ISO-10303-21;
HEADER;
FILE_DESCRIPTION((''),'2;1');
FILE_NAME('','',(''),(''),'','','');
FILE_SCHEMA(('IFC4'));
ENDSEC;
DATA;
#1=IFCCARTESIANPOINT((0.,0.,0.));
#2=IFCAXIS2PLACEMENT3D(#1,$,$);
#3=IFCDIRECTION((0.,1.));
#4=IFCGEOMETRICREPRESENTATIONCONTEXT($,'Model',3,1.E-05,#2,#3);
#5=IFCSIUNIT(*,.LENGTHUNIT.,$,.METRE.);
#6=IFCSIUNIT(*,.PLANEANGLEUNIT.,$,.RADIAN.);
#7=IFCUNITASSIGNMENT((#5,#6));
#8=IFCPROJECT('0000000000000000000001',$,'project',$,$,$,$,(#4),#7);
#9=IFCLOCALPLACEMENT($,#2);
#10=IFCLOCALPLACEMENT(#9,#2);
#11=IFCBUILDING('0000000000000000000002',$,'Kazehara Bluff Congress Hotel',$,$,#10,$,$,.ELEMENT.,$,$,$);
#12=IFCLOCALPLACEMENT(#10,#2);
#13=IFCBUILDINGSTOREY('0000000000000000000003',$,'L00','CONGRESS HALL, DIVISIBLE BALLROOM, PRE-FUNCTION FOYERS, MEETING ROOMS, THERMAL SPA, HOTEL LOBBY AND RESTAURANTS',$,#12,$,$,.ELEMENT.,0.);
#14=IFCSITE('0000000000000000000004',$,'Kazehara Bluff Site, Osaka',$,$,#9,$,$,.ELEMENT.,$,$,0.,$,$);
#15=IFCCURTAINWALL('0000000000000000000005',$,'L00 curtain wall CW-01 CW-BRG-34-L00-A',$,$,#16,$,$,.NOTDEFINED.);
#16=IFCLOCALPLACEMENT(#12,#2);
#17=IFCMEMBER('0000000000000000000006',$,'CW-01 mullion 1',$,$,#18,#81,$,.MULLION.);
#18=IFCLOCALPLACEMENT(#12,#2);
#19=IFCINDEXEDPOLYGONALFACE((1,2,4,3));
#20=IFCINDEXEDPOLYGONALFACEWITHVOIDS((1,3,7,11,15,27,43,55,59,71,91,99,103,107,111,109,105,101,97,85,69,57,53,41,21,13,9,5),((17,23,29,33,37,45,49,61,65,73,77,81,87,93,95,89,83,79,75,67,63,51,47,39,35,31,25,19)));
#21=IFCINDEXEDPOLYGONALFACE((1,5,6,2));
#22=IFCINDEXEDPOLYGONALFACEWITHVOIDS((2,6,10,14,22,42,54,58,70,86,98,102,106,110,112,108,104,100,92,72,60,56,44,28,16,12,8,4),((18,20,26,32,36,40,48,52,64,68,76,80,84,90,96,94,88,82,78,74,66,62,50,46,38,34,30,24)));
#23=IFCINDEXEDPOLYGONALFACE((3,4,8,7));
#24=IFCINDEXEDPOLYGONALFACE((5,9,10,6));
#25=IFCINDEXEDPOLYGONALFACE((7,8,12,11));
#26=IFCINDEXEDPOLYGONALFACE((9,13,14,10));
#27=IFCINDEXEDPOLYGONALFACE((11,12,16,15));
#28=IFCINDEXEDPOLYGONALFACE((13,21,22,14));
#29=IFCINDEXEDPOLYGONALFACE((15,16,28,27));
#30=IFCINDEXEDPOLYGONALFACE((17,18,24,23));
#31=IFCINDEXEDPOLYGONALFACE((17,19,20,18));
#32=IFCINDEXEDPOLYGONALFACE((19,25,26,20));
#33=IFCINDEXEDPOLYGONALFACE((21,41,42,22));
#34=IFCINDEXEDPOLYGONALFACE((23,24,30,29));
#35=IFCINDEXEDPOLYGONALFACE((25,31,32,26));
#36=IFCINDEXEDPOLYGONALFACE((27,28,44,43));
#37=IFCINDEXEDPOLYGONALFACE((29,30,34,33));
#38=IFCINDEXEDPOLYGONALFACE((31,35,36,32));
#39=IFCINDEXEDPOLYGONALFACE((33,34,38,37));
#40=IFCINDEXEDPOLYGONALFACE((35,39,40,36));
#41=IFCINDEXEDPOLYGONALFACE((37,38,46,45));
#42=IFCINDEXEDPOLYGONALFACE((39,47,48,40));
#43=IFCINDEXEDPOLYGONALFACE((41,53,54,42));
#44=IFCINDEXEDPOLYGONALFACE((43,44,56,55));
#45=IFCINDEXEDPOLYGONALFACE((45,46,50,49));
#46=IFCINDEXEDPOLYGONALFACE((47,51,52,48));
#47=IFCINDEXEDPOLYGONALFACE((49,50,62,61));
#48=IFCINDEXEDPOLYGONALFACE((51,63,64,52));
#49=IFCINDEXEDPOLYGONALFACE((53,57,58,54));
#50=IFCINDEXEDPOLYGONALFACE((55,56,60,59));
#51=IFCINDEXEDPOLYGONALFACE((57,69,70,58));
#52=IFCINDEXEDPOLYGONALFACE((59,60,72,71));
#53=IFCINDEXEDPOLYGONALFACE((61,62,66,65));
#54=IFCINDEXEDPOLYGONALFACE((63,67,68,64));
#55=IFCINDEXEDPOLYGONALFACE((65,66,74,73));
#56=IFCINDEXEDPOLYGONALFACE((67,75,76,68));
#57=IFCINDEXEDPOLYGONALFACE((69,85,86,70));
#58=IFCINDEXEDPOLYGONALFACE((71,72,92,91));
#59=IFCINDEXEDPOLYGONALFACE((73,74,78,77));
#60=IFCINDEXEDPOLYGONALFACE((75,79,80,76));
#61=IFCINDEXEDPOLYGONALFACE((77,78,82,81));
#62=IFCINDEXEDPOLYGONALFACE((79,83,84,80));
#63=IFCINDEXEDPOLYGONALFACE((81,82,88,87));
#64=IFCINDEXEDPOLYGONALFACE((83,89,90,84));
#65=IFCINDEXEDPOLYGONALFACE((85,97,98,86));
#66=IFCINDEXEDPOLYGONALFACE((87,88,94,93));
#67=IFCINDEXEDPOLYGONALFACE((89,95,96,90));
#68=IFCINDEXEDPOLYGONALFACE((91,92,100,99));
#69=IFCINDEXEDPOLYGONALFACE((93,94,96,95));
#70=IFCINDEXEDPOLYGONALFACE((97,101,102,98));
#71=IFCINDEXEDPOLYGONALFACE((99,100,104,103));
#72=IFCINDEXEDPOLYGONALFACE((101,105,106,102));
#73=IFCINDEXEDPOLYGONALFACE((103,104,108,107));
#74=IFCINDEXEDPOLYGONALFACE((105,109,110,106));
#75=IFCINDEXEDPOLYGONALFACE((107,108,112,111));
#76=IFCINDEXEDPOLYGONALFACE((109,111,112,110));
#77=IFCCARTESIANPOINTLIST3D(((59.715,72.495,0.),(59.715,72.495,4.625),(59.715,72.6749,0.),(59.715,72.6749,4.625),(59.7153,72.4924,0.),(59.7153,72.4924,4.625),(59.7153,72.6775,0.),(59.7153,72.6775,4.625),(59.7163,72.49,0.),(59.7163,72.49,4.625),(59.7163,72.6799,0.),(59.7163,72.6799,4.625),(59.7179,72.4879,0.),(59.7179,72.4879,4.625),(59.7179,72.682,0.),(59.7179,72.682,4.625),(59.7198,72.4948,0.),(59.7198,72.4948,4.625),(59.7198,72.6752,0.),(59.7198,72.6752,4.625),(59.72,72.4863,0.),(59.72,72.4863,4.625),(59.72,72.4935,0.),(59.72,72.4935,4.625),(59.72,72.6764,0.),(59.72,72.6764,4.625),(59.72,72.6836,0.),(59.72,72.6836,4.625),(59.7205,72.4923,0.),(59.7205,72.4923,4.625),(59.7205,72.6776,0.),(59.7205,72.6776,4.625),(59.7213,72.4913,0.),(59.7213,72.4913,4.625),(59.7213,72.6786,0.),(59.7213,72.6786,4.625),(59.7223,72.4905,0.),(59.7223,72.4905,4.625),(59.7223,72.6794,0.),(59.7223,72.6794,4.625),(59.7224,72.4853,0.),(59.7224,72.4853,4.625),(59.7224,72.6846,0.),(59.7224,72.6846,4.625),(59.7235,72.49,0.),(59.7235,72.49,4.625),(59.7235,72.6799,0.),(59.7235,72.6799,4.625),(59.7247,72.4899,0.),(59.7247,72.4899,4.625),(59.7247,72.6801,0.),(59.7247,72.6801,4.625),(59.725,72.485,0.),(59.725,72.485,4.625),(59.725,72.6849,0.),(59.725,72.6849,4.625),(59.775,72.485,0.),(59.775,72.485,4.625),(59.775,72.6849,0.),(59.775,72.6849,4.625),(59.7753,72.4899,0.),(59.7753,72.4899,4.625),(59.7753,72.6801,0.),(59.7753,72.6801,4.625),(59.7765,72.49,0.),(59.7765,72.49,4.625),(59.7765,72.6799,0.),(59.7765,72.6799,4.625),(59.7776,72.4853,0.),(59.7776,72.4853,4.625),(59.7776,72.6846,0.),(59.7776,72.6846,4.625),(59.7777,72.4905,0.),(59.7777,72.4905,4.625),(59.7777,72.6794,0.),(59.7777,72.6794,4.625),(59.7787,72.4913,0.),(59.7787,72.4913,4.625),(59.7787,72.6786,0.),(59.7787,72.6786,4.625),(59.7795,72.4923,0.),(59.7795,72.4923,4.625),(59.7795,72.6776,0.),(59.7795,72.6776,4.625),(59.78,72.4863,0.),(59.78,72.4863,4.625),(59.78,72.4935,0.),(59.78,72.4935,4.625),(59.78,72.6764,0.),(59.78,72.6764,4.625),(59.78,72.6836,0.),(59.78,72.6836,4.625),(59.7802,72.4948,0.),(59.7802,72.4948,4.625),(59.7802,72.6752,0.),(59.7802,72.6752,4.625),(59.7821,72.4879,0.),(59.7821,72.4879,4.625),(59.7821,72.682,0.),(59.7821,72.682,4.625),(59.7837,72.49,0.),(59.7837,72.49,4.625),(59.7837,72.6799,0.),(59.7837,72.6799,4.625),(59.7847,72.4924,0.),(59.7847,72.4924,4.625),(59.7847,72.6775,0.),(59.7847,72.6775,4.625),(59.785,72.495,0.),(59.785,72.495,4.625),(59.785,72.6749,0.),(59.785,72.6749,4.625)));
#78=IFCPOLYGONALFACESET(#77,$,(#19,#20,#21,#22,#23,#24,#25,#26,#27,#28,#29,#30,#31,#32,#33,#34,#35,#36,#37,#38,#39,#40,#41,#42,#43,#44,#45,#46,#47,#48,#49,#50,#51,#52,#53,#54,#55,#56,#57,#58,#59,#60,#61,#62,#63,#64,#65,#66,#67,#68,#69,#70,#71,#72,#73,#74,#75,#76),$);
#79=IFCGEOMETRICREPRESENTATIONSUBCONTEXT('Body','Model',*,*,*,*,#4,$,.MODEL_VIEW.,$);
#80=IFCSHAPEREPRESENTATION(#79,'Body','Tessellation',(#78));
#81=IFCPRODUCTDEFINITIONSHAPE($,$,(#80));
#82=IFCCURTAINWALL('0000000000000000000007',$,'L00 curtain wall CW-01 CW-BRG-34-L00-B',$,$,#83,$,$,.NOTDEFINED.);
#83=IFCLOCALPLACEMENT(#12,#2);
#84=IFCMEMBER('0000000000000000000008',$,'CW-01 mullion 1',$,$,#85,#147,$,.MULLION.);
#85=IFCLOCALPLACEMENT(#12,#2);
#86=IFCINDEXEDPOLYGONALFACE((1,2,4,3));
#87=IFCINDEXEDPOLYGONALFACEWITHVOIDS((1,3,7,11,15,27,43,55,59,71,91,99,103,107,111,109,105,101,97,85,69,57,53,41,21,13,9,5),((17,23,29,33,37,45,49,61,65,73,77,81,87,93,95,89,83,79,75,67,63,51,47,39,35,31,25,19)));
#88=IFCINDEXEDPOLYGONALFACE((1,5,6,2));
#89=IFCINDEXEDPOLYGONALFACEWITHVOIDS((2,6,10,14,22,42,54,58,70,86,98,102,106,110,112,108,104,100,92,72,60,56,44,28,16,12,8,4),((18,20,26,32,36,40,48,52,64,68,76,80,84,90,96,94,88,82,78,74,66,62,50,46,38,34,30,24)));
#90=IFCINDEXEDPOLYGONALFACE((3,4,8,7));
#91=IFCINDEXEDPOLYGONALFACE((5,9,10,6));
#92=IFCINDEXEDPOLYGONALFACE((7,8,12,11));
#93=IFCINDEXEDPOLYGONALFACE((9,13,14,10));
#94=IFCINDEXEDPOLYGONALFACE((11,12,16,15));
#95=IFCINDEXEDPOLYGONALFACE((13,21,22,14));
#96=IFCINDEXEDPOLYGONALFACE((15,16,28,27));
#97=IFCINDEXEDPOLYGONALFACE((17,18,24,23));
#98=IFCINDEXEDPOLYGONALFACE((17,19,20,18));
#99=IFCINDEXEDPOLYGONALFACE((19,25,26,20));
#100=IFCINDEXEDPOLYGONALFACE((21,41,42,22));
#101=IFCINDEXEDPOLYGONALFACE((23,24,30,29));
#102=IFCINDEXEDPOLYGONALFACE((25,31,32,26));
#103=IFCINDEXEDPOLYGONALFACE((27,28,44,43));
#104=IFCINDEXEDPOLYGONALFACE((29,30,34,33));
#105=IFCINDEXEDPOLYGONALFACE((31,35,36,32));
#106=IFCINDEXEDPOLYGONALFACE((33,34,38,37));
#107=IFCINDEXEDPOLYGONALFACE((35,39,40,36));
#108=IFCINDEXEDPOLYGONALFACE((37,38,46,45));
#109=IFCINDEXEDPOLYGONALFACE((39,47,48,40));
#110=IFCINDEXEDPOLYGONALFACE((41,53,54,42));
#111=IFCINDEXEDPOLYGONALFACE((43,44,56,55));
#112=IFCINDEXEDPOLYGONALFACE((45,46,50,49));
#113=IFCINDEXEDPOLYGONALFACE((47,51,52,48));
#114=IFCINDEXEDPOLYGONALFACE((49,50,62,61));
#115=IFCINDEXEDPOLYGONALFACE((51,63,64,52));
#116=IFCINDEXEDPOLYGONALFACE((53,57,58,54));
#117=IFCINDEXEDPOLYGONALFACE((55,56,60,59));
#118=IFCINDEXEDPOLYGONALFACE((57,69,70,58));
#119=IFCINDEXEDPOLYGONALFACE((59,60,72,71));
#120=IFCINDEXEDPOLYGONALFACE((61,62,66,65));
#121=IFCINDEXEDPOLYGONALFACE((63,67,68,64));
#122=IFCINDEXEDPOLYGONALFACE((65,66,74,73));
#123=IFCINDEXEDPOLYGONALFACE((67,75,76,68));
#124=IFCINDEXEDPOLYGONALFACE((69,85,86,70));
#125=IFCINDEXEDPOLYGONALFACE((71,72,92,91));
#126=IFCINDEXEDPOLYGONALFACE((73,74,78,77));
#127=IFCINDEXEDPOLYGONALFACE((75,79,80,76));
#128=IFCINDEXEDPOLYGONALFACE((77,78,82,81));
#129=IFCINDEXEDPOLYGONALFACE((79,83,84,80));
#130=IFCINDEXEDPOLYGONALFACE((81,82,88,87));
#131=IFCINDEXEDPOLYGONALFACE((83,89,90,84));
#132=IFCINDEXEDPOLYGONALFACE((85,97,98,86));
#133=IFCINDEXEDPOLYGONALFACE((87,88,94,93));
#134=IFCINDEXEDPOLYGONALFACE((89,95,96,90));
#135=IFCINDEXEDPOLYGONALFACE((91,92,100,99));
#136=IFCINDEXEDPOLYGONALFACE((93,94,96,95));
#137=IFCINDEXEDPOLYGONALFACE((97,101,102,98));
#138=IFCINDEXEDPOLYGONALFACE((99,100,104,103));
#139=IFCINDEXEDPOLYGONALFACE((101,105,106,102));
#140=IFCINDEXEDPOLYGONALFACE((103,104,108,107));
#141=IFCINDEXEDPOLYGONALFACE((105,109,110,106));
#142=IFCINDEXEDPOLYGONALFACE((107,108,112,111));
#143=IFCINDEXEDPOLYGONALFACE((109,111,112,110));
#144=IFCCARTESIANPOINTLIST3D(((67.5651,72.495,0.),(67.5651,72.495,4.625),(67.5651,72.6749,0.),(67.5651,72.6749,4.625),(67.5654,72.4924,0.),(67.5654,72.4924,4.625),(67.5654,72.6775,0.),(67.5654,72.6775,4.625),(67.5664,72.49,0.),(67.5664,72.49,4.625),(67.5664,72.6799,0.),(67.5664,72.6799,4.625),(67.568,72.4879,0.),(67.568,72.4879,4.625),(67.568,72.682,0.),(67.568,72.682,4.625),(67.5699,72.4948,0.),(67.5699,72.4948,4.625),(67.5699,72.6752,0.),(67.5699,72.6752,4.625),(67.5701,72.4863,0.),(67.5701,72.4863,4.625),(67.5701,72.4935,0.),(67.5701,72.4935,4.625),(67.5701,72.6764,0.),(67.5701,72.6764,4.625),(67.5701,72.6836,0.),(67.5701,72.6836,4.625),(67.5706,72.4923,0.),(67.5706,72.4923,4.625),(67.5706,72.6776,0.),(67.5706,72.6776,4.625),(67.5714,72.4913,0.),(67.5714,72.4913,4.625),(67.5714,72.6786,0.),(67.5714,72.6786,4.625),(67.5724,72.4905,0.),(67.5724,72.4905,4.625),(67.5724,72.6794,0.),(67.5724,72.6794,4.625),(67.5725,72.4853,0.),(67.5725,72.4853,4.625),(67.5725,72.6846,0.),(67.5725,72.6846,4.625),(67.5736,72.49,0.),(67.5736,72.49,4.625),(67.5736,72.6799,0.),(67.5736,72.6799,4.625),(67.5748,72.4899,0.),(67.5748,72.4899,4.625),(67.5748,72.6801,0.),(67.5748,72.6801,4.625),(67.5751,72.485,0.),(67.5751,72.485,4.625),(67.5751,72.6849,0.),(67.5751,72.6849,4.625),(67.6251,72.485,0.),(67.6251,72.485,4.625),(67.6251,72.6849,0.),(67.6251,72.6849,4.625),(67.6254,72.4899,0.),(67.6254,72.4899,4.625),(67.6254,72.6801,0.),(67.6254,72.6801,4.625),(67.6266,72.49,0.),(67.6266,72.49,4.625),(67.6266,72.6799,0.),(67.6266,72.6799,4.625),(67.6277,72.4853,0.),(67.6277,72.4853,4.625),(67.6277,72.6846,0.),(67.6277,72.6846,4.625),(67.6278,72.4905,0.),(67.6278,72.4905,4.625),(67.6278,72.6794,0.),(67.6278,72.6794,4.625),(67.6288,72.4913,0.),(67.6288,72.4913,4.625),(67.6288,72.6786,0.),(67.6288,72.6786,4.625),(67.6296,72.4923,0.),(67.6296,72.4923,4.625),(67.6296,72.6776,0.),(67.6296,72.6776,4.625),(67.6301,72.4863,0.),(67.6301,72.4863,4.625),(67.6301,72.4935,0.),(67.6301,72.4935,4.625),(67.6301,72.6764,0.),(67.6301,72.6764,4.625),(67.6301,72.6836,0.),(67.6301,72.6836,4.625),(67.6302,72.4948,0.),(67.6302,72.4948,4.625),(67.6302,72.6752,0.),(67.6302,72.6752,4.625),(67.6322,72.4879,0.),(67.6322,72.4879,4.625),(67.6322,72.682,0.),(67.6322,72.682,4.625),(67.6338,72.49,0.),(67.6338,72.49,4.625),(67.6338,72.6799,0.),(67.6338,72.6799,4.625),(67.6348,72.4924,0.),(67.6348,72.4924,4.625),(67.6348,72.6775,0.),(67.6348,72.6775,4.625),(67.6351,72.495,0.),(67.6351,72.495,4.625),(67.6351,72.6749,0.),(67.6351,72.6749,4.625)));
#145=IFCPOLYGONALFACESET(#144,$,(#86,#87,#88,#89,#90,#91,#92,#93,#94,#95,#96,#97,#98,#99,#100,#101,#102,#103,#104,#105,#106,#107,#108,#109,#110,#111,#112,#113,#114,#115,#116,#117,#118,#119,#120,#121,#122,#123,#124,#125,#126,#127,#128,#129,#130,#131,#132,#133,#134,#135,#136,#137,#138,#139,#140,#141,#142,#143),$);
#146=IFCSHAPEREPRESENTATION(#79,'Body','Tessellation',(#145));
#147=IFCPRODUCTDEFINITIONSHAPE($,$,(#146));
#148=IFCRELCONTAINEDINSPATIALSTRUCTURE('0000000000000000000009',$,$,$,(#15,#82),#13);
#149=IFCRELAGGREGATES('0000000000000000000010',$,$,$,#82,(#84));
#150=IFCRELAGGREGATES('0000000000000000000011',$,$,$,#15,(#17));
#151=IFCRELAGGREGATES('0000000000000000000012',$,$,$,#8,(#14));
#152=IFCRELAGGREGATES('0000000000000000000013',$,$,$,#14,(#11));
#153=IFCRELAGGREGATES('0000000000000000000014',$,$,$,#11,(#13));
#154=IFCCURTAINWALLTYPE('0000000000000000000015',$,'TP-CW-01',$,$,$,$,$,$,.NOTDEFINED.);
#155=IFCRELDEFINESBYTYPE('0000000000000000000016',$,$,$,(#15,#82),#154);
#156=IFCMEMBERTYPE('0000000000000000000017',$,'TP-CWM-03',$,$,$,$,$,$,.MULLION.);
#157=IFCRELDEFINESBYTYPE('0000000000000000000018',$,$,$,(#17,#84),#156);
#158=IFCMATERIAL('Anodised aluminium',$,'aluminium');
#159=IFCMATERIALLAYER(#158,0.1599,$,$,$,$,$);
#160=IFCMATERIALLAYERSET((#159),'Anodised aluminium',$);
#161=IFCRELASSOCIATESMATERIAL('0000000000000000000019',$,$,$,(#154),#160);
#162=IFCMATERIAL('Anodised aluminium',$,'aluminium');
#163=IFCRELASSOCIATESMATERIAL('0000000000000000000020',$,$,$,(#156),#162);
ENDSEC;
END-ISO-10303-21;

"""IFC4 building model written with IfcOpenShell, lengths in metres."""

from ifc_helpers import new_model, si_unit, direction, frame, origin, origin_2d, place, context, subcontext, project, spatial, hollow_rectangle, extrude, material, layer, layer_set, material_profile, profile_set, type_object, element, aggregate, save


model = new_model("IFC4")

# Units and contexts
model_context = context("Model", 3, precision=1e-05, world=origin(), true_north=direction((0.0, 1.0)))
body_context = subcontext(model_context, "Body", "Model", "MODEL_VIEW")
ifc_project = project(units=[si_unit("LENGTHUNIT", "METRE"), si_unit("PLANEANGLEUNIT", "RADIAN")], contexts=[model_context])

# Site, building, storey
site_placement = place(None, origin())
site = spatial("IfcSite", under=ifc_project, at=site_placement, Name="Kazehara Bluff Site, Osaka", CompositionType="ELEMENT", RefElevation=0.0)
building_placement = place(site_placement, origin())
building = spatial("IfcBuilding", under=site, at=building_placement, Name="Kazehara Bluff Congress Hotel", CompositionType="ELEMENT")
storey_placement = place(building_placement, origin())
storey = spatial("IfcBuildingStorey", under=building, at=storey_placement, Name="L00", Description="CONGRESS HALL, DIVISIBLE BALLROOM, PRE-FUNCTION FOYERS, MEETING ROOMS, THERMAL SPA, HOTEL LOBBY AND RESTAURANTS", CompositionType="ELEMENT", Elevation=0.0)

# Curtain walls, members
ifc_material_1 = material(Name="Anodised aluminium", Category="aluminium")
ifc_layer_1 = layer(ifc_material_1, 0.1599)
ifc_layer_set_1 = layer_set([ifc_layer_1], Name="Anodised aluminium")
curtain_wall_type = type_object("IfcCurtainWallType", Name="TP-CW-01", PredefinedType="NOTDEFINED", material=ifc_layer_set_1)
curtain_wall_1_placement = place(storey_placement, origin())
curtain_wall_1 = element("IfcCurtainWall", 1, at=curtain_wall_1_placement, inside=storey, type_object=curtain_wall_type, Name="L00 curtain wall CW-01 CW-BRG-34-L00-A", PredefinedType="NOTDEFINED")
ifc_material_2 = material(Name="Anodised aluminium", Category="aluminium")
ifc_material_profile_1 = material_profile(ifc_material_2, hollow_rectangle(XDim=0.0701, YDim=0.2, WallThickness=0.0049, InnerFilletRadius=0.0049, OuterFilletRadius=0.01, at=origin_2d()))
ifc_profile_set_1 = profile_set([ifc_material_profile_1], Name="Anodised aluminium")
member_type_1 = type_object("IfcMemberType", Name="TP-CWM-03", PredefinedType="MULLION", material=ifc_profile_set_1)
member_1_placement = place(storey_placement, frame((59.75, 72.585, 0.0), z_axis=(0.0, 0.0, 1.0), x_axis=(-1.0, 0.0, 0.0)))
member_1 = element("IfcMember", 2, at=member_1_placement, type_object=member_type_1, Name="CW-01 mullion 1", PredefinedType="MULLION", context=body_context, shape_type="SweptSolid", body=[
    extrude(hollow_rectangle(XDim=0.0701, YDim=0.2, WallThickness=0.0049, InnerFilletRadius=0.0049, OuterFilletRadius=0.01, at=origin_2d()), origin(), (0.0, 0.0, 1.0), 4.625),
])
curtain_wall_2_placement = place(storey_placement, origin())
curtain_wall_2 = element("IfcCurtainWall", 3, at=curtain_wall_2_placement, inside=storey, type_object=curtain_wall_type, Name="L00 curtain wall CW-01 CW-BRG-34-L00-B", PredefinedType="NOTDEFINED")
member_2_placement = place(storey_placement, frame((67.6001, 72.585, 0.0), z_axis=(0.0, 0.0, 1.0), x_axis=(-1.0, 0.0, 0.0)))
member_2 = element("IfcMember", 4, at=member_2_placement, type_object=member_type_1, Name="CW-01 mullion 1", PredefinedType="MULLION", context=body_context, shape_type="SweptSolid", body=[
    extrude(hollow_rectangle(XDim=0.0701, YDim=0.2, WallThickness=0.0049, InnerFilletRadius=0.0049, OuterFilletRadius=0.01, at=origin_2d()), origin(), (0.0, 0.0, 1.0), 4.625),
])
aggregate(curtain_wall_2, [member_2])

aggregate(curtain_wall_1, [member_1])

save(model, "model.ifc")
